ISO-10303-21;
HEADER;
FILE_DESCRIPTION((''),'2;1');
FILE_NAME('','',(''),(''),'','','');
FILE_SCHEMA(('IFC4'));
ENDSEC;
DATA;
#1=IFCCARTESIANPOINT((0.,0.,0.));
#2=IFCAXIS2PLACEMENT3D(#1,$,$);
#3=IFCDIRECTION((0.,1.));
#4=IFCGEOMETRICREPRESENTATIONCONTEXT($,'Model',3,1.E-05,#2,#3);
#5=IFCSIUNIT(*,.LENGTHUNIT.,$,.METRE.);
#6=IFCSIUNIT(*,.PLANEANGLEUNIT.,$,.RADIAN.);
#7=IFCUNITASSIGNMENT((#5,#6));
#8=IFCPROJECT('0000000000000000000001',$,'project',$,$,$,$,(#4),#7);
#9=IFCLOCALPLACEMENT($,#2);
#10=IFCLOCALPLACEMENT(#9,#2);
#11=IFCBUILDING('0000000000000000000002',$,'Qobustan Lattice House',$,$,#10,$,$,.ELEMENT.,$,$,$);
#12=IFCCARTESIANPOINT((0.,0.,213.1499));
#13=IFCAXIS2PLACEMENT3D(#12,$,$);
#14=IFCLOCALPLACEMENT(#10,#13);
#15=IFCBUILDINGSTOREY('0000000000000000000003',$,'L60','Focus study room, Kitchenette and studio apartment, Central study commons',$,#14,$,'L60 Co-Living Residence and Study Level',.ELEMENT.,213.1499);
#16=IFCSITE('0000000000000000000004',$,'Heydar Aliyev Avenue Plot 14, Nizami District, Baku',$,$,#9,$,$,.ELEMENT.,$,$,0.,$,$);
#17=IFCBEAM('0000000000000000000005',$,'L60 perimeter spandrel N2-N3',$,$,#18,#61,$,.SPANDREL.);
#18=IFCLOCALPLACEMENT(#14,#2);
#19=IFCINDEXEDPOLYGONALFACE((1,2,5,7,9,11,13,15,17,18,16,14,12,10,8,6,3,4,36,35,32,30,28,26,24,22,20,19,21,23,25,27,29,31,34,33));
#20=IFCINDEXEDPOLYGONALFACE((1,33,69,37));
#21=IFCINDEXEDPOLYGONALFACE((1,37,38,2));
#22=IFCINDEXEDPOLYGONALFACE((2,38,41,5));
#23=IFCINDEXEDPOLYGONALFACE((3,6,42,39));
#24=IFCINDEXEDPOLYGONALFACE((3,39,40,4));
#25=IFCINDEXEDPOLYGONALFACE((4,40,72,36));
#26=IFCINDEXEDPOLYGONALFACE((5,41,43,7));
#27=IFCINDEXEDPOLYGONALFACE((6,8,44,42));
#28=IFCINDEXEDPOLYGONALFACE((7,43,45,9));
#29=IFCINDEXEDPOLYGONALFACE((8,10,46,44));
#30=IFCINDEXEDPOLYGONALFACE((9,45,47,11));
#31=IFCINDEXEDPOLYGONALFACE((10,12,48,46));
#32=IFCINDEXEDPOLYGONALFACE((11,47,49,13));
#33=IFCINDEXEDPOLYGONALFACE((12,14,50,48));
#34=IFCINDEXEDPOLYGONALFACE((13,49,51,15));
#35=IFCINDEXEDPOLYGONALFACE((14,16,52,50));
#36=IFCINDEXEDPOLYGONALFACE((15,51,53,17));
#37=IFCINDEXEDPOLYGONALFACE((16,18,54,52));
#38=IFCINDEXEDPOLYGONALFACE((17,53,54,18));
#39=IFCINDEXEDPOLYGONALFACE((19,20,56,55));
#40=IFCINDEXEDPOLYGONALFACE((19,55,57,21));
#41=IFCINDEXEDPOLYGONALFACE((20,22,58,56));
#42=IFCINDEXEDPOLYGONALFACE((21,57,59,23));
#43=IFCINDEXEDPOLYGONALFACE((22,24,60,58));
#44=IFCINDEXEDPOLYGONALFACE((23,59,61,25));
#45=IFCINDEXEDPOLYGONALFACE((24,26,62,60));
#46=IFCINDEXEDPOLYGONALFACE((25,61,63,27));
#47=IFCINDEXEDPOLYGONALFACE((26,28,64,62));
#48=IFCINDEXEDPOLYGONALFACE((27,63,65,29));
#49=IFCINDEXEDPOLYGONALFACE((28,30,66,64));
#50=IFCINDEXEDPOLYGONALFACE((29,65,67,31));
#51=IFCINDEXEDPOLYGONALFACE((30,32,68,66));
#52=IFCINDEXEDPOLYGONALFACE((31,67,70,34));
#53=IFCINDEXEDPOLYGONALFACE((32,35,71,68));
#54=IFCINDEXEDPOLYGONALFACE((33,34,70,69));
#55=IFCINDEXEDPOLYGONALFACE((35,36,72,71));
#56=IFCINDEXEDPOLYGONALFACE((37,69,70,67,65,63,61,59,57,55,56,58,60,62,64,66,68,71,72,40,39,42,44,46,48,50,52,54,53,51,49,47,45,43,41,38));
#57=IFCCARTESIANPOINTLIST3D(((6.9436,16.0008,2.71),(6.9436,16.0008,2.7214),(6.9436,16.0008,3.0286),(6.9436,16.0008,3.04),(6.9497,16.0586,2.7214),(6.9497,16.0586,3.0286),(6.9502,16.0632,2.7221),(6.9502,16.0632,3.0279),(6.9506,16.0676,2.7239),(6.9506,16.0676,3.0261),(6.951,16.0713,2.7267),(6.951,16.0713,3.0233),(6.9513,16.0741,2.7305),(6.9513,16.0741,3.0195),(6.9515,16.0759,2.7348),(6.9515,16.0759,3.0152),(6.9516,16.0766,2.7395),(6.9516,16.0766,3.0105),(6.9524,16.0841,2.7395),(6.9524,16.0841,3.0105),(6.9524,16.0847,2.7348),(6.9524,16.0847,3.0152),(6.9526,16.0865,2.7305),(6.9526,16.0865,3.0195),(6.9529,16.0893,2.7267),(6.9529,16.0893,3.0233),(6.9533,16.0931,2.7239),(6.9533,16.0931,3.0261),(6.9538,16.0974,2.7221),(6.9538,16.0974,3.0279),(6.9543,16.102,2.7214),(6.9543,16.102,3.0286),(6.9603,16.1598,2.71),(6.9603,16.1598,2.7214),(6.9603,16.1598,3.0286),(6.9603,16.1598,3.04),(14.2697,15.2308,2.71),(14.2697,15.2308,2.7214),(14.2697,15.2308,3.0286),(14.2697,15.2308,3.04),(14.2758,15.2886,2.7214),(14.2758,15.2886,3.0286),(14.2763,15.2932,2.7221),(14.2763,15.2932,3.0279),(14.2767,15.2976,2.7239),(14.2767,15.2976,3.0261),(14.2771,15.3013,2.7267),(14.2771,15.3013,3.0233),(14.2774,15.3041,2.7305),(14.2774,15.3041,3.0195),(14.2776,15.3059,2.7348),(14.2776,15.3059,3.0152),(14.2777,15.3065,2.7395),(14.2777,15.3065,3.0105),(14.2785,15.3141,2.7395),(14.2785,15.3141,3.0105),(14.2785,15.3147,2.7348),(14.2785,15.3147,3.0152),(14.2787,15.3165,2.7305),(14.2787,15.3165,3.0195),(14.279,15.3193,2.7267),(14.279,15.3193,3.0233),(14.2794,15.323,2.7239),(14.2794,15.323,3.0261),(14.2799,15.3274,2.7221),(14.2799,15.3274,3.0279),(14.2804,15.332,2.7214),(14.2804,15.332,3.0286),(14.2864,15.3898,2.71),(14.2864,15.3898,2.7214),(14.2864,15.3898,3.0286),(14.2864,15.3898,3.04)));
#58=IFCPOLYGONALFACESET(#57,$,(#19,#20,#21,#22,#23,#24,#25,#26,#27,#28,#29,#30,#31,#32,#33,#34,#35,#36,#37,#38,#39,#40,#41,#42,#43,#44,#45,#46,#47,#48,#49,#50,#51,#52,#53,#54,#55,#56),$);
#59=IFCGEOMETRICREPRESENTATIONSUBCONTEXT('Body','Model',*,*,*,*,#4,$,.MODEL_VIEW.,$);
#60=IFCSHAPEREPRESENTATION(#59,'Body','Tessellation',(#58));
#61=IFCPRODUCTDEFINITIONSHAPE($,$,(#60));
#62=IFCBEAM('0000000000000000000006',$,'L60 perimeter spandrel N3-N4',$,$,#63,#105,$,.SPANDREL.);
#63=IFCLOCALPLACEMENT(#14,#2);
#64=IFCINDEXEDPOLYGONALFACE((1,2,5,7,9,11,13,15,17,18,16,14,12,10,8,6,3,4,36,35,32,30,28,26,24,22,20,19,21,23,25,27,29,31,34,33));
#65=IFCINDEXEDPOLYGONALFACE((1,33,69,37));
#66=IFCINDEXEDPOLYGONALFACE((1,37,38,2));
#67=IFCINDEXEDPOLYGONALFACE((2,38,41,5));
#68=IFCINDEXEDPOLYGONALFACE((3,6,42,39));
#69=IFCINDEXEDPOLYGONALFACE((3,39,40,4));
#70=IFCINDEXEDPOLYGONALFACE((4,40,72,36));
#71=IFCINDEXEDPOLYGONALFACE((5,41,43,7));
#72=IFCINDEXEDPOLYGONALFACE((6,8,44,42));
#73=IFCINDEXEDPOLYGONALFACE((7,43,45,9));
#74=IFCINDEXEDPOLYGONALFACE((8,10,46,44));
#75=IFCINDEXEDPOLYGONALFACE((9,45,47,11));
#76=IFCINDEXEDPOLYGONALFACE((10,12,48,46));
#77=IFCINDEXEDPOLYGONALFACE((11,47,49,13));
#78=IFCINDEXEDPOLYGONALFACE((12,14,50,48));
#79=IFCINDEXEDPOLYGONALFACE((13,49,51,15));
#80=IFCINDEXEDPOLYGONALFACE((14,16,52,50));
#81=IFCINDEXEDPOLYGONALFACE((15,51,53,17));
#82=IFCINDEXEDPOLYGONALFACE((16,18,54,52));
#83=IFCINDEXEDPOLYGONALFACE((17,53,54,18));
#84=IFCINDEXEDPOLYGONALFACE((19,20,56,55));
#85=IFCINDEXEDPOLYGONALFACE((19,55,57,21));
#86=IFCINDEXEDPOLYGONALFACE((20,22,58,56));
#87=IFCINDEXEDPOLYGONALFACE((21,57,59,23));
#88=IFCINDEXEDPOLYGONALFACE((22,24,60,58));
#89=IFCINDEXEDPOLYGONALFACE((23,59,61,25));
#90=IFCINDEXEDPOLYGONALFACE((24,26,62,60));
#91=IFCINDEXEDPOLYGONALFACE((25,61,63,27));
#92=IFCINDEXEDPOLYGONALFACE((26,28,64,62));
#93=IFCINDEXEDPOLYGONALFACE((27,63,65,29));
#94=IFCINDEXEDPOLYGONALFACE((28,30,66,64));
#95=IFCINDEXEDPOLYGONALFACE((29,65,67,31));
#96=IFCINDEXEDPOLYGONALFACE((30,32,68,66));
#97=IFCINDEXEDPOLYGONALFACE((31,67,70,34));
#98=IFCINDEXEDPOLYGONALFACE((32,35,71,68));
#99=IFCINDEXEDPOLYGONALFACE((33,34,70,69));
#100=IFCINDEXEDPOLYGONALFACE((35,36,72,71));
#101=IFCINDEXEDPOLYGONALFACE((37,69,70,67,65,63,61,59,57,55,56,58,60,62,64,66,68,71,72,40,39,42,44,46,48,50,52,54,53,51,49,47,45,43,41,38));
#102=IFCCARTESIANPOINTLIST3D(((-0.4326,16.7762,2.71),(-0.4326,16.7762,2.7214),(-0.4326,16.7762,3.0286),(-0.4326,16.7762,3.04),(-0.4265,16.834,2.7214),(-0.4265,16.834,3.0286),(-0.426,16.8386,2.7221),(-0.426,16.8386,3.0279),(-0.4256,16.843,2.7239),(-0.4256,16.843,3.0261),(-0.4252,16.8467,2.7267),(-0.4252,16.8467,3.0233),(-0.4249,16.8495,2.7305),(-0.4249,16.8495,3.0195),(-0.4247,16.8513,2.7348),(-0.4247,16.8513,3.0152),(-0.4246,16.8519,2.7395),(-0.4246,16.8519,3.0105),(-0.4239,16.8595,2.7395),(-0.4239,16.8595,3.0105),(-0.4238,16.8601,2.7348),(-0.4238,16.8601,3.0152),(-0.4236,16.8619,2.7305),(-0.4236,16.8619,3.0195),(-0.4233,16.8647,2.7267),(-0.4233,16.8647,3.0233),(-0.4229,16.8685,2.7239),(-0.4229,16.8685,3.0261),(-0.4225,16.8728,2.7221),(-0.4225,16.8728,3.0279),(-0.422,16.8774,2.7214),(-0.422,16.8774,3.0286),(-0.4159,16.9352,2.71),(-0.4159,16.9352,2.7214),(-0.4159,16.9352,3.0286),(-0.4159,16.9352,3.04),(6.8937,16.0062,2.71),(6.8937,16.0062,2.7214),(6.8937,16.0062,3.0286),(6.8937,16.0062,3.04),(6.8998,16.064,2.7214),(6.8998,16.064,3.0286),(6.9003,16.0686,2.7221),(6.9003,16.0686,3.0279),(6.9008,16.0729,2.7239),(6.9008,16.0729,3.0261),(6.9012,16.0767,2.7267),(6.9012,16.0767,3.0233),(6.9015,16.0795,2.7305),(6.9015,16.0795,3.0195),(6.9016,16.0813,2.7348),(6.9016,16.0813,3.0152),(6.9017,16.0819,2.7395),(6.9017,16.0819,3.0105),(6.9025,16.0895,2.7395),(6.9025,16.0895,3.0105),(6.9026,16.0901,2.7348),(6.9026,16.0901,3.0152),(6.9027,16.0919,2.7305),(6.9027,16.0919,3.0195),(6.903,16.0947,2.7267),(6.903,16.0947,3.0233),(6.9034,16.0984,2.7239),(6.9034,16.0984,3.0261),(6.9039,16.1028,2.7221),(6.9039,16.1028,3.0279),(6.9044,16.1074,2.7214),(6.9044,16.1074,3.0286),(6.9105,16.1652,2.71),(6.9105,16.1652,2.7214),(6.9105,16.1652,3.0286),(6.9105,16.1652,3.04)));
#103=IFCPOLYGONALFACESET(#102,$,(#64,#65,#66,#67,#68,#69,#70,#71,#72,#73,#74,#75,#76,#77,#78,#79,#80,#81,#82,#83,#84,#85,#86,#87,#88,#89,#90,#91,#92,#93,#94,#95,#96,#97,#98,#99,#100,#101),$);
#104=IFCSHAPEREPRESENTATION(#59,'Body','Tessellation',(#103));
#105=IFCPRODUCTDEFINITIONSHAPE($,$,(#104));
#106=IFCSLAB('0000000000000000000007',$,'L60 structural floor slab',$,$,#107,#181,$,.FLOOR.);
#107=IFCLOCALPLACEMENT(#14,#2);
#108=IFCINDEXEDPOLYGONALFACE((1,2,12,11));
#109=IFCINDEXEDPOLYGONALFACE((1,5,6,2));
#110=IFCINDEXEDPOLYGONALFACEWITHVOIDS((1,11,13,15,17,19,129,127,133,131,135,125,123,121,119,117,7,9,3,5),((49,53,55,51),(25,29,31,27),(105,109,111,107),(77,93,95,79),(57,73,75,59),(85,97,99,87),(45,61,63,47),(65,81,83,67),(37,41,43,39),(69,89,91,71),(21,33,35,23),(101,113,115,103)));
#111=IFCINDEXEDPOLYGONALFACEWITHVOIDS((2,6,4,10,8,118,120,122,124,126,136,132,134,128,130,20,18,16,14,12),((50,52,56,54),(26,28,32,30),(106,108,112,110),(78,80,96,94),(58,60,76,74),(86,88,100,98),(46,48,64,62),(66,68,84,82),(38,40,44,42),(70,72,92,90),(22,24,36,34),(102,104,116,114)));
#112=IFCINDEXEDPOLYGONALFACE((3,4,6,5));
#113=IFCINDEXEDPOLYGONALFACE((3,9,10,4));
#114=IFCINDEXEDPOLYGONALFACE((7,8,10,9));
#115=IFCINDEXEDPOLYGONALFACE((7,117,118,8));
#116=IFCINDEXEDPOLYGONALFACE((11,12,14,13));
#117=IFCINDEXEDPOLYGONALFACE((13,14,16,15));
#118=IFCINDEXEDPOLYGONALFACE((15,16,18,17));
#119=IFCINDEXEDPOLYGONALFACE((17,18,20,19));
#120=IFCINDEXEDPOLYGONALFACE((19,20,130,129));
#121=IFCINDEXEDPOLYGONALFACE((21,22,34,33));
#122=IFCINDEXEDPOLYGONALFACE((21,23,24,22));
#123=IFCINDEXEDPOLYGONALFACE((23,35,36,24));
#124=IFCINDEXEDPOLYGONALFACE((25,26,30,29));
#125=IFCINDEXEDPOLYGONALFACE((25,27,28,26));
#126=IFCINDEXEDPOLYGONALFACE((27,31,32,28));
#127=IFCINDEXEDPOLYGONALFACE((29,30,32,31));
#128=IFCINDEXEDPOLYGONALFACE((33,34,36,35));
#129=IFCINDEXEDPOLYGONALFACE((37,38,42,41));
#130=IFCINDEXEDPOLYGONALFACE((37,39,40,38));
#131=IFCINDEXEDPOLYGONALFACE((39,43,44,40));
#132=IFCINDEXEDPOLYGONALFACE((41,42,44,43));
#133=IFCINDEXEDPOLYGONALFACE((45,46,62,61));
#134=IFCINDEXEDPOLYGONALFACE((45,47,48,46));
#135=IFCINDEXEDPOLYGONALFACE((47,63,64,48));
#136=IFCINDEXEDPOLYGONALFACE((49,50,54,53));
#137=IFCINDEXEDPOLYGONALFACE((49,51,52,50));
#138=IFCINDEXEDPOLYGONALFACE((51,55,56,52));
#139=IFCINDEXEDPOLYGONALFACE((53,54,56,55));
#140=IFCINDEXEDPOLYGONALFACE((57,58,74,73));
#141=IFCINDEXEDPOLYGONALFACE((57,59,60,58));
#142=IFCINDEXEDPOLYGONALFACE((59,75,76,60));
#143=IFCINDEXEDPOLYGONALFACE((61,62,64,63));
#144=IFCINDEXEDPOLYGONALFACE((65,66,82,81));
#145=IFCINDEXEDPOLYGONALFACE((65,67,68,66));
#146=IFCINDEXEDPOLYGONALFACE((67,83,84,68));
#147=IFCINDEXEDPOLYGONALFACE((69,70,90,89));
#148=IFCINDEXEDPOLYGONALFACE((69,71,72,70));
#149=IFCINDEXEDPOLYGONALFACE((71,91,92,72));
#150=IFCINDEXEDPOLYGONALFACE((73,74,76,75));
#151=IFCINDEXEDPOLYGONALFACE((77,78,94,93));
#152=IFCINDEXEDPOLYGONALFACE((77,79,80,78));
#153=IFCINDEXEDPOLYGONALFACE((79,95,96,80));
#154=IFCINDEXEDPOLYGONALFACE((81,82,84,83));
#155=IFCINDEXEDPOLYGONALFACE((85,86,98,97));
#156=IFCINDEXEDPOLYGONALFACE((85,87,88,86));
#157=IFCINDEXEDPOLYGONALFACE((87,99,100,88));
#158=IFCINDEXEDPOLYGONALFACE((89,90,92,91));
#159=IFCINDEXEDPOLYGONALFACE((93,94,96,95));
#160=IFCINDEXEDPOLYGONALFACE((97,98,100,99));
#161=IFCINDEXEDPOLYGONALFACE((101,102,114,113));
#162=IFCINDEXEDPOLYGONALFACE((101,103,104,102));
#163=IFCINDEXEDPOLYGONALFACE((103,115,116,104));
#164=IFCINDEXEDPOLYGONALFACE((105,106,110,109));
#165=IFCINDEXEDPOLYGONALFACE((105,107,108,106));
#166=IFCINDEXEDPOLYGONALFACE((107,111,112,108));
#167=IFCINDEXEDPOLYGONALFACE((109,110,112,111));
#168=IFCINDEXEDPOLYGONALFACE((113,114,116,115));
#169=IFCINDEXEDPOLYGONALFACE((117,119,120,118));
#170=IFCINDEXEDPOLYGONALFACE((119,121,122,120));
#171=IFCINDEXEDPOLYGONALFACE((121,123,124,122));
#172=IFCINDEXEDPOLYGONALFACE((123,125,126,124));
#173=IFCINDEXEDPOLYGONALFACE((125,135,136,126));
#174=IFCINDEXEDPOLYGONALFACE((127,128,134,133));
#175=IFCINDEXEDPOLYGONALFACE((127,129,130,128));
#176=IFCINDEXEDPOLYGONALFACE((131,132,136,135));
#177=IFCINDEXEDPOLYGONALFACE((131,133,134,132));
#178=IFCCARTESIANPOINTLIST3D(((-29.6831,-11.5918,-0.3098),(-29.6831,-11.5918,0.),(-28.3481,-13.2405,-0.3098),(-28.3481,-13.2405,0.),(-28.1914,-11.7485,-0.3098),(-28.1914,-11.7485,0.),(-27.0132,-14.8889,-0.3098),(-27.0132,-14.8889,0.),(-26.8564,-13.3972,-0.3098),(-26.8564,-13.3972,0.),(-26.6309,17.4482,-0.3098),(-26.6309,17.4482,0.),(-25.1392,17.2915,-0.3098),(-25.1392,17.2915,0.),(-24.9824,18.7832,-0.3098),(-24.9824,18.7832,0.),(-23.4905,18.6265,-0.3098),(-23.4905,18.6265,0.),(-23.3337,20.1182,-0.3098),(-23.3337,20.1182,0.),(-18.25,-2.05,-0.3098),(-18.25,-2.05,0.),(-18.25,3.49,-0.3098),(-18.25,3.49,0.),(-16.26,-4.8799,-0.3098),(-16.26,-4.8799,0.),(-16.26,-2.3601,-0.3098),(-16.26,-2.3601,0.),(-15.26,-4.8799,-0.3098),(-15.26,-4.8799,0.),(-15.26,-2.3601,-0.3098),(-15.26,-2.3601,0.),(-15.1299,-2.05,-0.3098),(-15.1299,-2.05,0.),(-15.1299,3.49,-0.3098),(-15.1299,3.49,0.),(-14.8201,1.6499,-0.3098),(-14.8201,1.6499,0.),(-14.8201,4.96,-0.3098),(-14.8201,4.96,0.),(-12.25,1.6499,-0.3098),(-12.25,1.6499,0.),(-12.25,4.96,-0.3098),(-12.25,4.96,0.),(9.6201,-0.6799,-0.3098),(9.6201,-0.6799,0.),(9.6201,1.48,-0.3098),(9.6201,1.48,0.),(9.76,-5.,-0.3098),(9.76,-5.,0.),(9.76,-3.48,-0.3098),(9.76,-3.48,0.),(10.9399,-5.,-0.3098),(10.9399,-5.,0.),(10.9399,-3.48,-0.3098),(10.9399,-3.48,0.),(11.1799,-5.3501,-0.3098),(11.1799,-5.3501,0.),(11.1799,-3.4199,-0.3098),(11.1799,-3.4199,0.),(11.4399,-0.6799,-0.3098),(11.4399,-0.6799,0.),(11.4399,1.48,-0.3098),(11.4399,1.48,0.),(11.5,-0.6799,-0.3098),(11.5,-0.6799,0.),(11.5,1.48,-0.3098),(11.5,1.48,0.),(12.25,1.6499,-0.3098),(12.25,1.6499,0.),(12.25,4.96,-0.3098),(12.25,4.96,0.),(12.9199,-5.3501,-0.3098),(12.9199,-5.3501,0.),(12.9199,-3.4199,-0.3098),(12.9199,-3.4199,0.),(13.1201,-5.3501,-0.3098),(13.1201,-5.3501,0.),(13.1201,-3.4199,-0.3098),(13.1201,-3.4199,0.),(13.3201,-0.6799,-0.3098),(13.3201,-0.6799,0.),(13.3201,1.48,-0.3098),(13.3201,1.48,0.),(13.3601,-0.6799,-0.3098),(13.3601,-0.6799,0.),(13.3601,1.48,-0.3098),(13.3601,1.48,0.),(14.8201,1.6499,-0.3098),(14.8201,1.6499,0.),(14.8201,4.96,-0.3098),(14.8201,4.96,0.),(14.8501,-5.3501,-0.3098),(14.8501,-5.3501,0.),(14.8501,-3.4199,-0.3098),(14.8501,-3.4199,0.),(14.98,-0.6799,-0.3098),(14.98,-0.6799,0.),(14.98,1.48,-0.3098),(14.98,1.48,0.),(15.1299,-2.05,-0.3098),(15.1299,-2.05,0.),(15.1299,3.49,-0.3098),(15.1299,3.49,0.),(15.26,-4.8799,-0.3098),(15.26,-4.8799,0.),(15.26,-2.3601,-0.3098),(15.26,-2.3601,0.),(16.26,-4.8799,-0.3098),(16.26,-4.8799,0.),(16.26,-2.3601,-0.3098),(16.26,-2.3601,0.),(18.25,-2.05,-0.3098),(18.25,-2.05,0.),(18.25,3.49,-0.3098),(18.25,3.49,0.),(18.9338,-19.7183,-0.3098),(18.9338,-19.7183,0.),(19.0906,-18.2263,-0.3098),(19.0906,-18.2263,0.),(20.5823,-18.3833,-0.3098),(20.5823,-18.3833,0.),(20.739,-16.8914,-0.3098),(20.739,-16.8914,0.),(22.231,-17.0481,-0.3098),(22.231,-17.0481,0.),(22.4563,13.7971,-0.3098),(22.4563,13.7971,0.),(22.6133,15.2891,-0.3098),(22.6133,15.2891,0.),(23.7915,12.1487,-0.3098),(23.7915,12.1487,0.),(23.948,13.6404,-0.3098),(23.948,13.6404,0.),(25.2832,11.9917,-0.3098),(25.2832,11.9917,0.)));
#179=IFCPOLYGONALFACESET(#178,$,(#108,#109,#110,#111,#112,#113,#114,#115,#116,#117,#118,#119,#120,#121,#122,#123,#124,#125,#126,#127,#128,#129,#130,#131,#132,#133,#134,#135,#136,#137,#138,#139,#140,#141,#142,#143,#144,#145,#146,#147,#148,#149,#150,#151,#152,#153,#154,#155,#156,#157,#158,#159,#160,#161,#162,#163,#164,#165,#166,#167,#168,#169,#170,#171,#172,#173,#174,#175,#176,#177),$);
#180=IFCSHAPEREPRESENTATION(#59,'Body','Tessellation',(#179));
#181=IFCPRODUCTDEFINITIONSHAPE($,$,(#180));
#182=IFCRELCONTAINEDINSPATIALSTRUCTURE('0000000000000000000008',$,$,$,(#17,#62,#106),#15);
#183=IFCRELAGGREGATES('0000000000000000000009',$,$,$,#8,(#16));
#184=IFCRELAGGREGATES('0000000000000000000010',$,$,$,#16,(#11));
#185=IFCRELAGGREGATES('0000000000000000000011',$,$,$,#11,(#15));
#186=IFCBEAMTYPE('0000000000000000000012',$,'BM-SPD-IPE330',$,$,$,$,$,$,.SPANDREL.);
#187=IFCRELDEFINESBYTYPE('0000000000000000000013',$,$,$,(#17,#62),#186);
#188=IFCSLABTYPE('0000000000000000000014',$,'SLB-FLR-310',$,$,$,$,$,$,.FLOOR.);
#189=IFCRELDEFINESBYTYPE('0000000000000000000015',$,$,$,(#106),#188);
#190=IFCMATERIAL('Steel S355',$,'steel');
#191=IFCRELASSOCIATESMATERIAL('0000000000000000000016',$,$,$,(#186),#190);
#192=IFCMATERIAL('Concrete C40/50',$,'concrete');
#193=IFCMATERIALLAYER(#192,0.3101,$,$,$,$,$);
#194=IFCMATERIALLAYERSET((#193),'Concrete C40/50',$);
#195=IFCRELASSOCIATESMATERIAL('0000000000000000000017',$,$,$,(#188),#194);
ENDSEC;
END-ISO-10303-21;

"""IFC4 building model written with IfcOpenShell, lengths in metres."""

from ifc_helpers import new_model, si_unit, direction, frame, origin, origin_2d, place, context, subcontext, project, spatial, polyline, i_section, outline, extrude, material, layer, layer_set, material_profile, profile_set, type_object, element, save


model = new_model("IFC4")

# Units and contexts
model_context = context("Model", 3, precision=1e-05, world=origin(), true_north=direction((0.0, 1.0)))
body_context = subcontext(model_context, "Body", "Model", "MODEL_VIEW")
ifc_project = project(units=[si_unit("LENGTHUNIT", "METRE"), si_unit("PLANEANGLEUNIT", "RADIAN")], contexts=[model_context])

# Site, building, storey
site_placement = place(None, origin())
site = spatial("IfcSite", under=ifc_project, at=site_placement, Name="Heydar Aliyev Avenue Plot 14, Nizami District, Baku", CompositionType="ELEMENT", RefElevation=0.0)
building_placement = place(site_placement, origin())
building = spatial("IfcBuilding", under=site, at=building_placement, Name="Qobustan Lattice House", CompositionType="ELEMENT")
storey_placement = place(building_placement, frame((0.0, 0.0, 213.1499)))
storey = spatial("IfcBuildingStorey", under=building, at=storey_placement, Name="L60", Description="Focus study room, Kitchenette and studio apartment, Central study commons", LongName="L60 Co-Living Residence and Study Level", CompositionType="ELEMENT", Elevation=213.1499)

# Beams
ifc_material_1 = material(Name="Steel S355", Category="steel")
ifc_material_profile_1 = material_profile(ifc_material_1, i_section(OverallWidth=0.1599, OverallDepth=0.3301, WebThickness=0.0076, FlangeThickness=0.0115, FilletRadius=0.0181, at=origin_2d()), Name="IPE330")
ifc_profile_set_1 = profile_set([ifc_material_profile_1], Name="Steel S355")
beam_type_1 = type_object("IfcBeamType", Name="BM-SPD-IPE330", PredefinedType="SPANDREL", material=ifc_profile_set_1)
beam_1_placement = place(storey_placement, frame((14.2781, 15.3103, 2.875), z_axis=(-0.994522, 0.10453, 0.0), x_axis=(-0.10453, -0.994522, 0.0)))
element("IfcBeam", 1, at=beam_1_placement, inside=storey, type_object=beam_type_1, Name="L60 perimeter spandrel N2-N3", PredefinedType="SPANDREL", context=body_context, shape_type="SweptSolid", body=[
    extrude(i_section(OverallWidth=0.1599, OverallDepth=0.3301, WebThickness=0.0076, FlangeThickness=0.0115, FilletRadius=0.0181, at=origin_2d()), origin(), (0.0, 0.0, 1.0), 7.3665),
])
beam_2_placement = place(storey_placement, frame((6.9021, 16.0857, 2.875), z_axis=(-0.994522, 0.104526, 0.0), x_axis=(-0.104526, -0.994522, 0.0)))
element("IfcBeam", 2, at=beam_2_placement, inside=storey, type_object=beam_type_1, Name="L60 perimeter spandrel N3-N4", PredefinedType="SPANDREL", context=body_context, shape_type="SweptSolid", body=[
    extrude(i_section(OverallWidth=0.1599, OverallDepth=0.3301, WebThickness=0.0076, FlangeThickness=0.0115, FilletRadius=0.0181, at=origin_2d()), origin(), (0.0, 0.0, 1.0), 7.3667),
])

# Slab
ifc_material_2 = material(Name="Concrete C40/50", Category="concrete")
ifc_layer_1 = layer(ifc_material_2, 0.3101)
ifc_layer_set_1 = layer_set([ifc_layer_1], Name="Concrete C40/50")
slab_type_1 = type_object("IfcSlabType", Name="SLB-FLR-310", PredefinedType="FLOOR", material=ifc_layer_set_1)
slab_1_placement = place(storey_placement, frame((0.0, 0.0, -0.3098)))
element("IfcSlab", 3, at=slab_1_placement, inside=storey, type_object=slab_type_1, Name="L60 structural floor slab", PredefinedType="FLOOR", context=body_context, shape_type="SweptSolid", body=[
    extrude(outline(polyline([(-27.0132, -14.8889), (18.9338, -19.7183), (19.0906, -18.2263), (20.5823, -18.3833), (20.739, -16.8914), (22.231, -17.0481), (25.2832, 11.9917), (23.7915, 12.1487), (23.948, 13.6404), (22.4563, 13.7971), (22.6133, 15.2891), (-23.3337, 20.1182), (-23.4905, 18.6265), (-24.9824, 18.7832), (-25.1392, 17.2915), (-26.6309, 17.4482), (-29.6831, -11.5918), (-28.1914, -11.7485), (-28.3481, -13.2405), (-26.8564, -13.3972), (-27.0132, -14.8889)]), holes=[polyline([(-18.25, -2.05), (-18.25, 3.49), (-15.1299, 3.49), (-15.1299, -2.05), (-18.25, -2.05)]), polyline([(15.1299, -2.05), (15.1299, 3.49), (18.25, 3.49), (18.25, -2.05), (15.1299, -2.05)]), polyline([(-14.8201, 1.6499), (-14.8201, 4.96), (-12.25, 4.96), (-12.25, 1.6499), (-14.8201, 1.6499)]), polyline([(12.25, 1.6499), (12.25, 4.96), (14.8201, 4.96), (14.8201, 1.6499), (12.25, 1.6499)]), polyline([(-16.26, -4.8799), (-16.26, -2.3601), (-15.26, -2.3601), (-15.26, -4.8799), (-16.26, -4.8799)]), polyline([(15.26, -4.8799), (15.26, -2.3601), (16.26, -2.3601), (16.26, -4.8799), (15.26, -4.8799)]), polyline([(11.1799, -5.3501), (11.1799, -3.4199), (12.9199, -3.4199), (12.9199, -5.3501), (11.1799, -5.3501)]), polyline([(13.1201, -5.3501), (13.1201, -3.4199), (14.8501, -3.4199), (14.8501, -5.3501), (13.1201, -5.3501)]), polyline([(9.76, -5.0), (9.76, -3.48), (10.9399, -3.48), (10.9399, -5.0), (9.76, -5.0)]), polyline([(13.3601, -0.6799), (13.3601, 1.48), (14.98, 1.48), (14.98, -0.6799), (13.3601, -0.6799)]), polyline([(9.6201, -0.6799), (9.6201, 1.48), (11.4399, 1.48), (11.4399, -0.6799), (9.6201, -0.6799)]), polyline([(11.5, -0.6799), (11.5, 1.48), (13.3201, 1.48), (13.3201, -0.6799), (11.5, -0.6799)])]), origin(), (0.0, 0.0, 1.0), 0.3098),
])

save(model, "model.ifc")
